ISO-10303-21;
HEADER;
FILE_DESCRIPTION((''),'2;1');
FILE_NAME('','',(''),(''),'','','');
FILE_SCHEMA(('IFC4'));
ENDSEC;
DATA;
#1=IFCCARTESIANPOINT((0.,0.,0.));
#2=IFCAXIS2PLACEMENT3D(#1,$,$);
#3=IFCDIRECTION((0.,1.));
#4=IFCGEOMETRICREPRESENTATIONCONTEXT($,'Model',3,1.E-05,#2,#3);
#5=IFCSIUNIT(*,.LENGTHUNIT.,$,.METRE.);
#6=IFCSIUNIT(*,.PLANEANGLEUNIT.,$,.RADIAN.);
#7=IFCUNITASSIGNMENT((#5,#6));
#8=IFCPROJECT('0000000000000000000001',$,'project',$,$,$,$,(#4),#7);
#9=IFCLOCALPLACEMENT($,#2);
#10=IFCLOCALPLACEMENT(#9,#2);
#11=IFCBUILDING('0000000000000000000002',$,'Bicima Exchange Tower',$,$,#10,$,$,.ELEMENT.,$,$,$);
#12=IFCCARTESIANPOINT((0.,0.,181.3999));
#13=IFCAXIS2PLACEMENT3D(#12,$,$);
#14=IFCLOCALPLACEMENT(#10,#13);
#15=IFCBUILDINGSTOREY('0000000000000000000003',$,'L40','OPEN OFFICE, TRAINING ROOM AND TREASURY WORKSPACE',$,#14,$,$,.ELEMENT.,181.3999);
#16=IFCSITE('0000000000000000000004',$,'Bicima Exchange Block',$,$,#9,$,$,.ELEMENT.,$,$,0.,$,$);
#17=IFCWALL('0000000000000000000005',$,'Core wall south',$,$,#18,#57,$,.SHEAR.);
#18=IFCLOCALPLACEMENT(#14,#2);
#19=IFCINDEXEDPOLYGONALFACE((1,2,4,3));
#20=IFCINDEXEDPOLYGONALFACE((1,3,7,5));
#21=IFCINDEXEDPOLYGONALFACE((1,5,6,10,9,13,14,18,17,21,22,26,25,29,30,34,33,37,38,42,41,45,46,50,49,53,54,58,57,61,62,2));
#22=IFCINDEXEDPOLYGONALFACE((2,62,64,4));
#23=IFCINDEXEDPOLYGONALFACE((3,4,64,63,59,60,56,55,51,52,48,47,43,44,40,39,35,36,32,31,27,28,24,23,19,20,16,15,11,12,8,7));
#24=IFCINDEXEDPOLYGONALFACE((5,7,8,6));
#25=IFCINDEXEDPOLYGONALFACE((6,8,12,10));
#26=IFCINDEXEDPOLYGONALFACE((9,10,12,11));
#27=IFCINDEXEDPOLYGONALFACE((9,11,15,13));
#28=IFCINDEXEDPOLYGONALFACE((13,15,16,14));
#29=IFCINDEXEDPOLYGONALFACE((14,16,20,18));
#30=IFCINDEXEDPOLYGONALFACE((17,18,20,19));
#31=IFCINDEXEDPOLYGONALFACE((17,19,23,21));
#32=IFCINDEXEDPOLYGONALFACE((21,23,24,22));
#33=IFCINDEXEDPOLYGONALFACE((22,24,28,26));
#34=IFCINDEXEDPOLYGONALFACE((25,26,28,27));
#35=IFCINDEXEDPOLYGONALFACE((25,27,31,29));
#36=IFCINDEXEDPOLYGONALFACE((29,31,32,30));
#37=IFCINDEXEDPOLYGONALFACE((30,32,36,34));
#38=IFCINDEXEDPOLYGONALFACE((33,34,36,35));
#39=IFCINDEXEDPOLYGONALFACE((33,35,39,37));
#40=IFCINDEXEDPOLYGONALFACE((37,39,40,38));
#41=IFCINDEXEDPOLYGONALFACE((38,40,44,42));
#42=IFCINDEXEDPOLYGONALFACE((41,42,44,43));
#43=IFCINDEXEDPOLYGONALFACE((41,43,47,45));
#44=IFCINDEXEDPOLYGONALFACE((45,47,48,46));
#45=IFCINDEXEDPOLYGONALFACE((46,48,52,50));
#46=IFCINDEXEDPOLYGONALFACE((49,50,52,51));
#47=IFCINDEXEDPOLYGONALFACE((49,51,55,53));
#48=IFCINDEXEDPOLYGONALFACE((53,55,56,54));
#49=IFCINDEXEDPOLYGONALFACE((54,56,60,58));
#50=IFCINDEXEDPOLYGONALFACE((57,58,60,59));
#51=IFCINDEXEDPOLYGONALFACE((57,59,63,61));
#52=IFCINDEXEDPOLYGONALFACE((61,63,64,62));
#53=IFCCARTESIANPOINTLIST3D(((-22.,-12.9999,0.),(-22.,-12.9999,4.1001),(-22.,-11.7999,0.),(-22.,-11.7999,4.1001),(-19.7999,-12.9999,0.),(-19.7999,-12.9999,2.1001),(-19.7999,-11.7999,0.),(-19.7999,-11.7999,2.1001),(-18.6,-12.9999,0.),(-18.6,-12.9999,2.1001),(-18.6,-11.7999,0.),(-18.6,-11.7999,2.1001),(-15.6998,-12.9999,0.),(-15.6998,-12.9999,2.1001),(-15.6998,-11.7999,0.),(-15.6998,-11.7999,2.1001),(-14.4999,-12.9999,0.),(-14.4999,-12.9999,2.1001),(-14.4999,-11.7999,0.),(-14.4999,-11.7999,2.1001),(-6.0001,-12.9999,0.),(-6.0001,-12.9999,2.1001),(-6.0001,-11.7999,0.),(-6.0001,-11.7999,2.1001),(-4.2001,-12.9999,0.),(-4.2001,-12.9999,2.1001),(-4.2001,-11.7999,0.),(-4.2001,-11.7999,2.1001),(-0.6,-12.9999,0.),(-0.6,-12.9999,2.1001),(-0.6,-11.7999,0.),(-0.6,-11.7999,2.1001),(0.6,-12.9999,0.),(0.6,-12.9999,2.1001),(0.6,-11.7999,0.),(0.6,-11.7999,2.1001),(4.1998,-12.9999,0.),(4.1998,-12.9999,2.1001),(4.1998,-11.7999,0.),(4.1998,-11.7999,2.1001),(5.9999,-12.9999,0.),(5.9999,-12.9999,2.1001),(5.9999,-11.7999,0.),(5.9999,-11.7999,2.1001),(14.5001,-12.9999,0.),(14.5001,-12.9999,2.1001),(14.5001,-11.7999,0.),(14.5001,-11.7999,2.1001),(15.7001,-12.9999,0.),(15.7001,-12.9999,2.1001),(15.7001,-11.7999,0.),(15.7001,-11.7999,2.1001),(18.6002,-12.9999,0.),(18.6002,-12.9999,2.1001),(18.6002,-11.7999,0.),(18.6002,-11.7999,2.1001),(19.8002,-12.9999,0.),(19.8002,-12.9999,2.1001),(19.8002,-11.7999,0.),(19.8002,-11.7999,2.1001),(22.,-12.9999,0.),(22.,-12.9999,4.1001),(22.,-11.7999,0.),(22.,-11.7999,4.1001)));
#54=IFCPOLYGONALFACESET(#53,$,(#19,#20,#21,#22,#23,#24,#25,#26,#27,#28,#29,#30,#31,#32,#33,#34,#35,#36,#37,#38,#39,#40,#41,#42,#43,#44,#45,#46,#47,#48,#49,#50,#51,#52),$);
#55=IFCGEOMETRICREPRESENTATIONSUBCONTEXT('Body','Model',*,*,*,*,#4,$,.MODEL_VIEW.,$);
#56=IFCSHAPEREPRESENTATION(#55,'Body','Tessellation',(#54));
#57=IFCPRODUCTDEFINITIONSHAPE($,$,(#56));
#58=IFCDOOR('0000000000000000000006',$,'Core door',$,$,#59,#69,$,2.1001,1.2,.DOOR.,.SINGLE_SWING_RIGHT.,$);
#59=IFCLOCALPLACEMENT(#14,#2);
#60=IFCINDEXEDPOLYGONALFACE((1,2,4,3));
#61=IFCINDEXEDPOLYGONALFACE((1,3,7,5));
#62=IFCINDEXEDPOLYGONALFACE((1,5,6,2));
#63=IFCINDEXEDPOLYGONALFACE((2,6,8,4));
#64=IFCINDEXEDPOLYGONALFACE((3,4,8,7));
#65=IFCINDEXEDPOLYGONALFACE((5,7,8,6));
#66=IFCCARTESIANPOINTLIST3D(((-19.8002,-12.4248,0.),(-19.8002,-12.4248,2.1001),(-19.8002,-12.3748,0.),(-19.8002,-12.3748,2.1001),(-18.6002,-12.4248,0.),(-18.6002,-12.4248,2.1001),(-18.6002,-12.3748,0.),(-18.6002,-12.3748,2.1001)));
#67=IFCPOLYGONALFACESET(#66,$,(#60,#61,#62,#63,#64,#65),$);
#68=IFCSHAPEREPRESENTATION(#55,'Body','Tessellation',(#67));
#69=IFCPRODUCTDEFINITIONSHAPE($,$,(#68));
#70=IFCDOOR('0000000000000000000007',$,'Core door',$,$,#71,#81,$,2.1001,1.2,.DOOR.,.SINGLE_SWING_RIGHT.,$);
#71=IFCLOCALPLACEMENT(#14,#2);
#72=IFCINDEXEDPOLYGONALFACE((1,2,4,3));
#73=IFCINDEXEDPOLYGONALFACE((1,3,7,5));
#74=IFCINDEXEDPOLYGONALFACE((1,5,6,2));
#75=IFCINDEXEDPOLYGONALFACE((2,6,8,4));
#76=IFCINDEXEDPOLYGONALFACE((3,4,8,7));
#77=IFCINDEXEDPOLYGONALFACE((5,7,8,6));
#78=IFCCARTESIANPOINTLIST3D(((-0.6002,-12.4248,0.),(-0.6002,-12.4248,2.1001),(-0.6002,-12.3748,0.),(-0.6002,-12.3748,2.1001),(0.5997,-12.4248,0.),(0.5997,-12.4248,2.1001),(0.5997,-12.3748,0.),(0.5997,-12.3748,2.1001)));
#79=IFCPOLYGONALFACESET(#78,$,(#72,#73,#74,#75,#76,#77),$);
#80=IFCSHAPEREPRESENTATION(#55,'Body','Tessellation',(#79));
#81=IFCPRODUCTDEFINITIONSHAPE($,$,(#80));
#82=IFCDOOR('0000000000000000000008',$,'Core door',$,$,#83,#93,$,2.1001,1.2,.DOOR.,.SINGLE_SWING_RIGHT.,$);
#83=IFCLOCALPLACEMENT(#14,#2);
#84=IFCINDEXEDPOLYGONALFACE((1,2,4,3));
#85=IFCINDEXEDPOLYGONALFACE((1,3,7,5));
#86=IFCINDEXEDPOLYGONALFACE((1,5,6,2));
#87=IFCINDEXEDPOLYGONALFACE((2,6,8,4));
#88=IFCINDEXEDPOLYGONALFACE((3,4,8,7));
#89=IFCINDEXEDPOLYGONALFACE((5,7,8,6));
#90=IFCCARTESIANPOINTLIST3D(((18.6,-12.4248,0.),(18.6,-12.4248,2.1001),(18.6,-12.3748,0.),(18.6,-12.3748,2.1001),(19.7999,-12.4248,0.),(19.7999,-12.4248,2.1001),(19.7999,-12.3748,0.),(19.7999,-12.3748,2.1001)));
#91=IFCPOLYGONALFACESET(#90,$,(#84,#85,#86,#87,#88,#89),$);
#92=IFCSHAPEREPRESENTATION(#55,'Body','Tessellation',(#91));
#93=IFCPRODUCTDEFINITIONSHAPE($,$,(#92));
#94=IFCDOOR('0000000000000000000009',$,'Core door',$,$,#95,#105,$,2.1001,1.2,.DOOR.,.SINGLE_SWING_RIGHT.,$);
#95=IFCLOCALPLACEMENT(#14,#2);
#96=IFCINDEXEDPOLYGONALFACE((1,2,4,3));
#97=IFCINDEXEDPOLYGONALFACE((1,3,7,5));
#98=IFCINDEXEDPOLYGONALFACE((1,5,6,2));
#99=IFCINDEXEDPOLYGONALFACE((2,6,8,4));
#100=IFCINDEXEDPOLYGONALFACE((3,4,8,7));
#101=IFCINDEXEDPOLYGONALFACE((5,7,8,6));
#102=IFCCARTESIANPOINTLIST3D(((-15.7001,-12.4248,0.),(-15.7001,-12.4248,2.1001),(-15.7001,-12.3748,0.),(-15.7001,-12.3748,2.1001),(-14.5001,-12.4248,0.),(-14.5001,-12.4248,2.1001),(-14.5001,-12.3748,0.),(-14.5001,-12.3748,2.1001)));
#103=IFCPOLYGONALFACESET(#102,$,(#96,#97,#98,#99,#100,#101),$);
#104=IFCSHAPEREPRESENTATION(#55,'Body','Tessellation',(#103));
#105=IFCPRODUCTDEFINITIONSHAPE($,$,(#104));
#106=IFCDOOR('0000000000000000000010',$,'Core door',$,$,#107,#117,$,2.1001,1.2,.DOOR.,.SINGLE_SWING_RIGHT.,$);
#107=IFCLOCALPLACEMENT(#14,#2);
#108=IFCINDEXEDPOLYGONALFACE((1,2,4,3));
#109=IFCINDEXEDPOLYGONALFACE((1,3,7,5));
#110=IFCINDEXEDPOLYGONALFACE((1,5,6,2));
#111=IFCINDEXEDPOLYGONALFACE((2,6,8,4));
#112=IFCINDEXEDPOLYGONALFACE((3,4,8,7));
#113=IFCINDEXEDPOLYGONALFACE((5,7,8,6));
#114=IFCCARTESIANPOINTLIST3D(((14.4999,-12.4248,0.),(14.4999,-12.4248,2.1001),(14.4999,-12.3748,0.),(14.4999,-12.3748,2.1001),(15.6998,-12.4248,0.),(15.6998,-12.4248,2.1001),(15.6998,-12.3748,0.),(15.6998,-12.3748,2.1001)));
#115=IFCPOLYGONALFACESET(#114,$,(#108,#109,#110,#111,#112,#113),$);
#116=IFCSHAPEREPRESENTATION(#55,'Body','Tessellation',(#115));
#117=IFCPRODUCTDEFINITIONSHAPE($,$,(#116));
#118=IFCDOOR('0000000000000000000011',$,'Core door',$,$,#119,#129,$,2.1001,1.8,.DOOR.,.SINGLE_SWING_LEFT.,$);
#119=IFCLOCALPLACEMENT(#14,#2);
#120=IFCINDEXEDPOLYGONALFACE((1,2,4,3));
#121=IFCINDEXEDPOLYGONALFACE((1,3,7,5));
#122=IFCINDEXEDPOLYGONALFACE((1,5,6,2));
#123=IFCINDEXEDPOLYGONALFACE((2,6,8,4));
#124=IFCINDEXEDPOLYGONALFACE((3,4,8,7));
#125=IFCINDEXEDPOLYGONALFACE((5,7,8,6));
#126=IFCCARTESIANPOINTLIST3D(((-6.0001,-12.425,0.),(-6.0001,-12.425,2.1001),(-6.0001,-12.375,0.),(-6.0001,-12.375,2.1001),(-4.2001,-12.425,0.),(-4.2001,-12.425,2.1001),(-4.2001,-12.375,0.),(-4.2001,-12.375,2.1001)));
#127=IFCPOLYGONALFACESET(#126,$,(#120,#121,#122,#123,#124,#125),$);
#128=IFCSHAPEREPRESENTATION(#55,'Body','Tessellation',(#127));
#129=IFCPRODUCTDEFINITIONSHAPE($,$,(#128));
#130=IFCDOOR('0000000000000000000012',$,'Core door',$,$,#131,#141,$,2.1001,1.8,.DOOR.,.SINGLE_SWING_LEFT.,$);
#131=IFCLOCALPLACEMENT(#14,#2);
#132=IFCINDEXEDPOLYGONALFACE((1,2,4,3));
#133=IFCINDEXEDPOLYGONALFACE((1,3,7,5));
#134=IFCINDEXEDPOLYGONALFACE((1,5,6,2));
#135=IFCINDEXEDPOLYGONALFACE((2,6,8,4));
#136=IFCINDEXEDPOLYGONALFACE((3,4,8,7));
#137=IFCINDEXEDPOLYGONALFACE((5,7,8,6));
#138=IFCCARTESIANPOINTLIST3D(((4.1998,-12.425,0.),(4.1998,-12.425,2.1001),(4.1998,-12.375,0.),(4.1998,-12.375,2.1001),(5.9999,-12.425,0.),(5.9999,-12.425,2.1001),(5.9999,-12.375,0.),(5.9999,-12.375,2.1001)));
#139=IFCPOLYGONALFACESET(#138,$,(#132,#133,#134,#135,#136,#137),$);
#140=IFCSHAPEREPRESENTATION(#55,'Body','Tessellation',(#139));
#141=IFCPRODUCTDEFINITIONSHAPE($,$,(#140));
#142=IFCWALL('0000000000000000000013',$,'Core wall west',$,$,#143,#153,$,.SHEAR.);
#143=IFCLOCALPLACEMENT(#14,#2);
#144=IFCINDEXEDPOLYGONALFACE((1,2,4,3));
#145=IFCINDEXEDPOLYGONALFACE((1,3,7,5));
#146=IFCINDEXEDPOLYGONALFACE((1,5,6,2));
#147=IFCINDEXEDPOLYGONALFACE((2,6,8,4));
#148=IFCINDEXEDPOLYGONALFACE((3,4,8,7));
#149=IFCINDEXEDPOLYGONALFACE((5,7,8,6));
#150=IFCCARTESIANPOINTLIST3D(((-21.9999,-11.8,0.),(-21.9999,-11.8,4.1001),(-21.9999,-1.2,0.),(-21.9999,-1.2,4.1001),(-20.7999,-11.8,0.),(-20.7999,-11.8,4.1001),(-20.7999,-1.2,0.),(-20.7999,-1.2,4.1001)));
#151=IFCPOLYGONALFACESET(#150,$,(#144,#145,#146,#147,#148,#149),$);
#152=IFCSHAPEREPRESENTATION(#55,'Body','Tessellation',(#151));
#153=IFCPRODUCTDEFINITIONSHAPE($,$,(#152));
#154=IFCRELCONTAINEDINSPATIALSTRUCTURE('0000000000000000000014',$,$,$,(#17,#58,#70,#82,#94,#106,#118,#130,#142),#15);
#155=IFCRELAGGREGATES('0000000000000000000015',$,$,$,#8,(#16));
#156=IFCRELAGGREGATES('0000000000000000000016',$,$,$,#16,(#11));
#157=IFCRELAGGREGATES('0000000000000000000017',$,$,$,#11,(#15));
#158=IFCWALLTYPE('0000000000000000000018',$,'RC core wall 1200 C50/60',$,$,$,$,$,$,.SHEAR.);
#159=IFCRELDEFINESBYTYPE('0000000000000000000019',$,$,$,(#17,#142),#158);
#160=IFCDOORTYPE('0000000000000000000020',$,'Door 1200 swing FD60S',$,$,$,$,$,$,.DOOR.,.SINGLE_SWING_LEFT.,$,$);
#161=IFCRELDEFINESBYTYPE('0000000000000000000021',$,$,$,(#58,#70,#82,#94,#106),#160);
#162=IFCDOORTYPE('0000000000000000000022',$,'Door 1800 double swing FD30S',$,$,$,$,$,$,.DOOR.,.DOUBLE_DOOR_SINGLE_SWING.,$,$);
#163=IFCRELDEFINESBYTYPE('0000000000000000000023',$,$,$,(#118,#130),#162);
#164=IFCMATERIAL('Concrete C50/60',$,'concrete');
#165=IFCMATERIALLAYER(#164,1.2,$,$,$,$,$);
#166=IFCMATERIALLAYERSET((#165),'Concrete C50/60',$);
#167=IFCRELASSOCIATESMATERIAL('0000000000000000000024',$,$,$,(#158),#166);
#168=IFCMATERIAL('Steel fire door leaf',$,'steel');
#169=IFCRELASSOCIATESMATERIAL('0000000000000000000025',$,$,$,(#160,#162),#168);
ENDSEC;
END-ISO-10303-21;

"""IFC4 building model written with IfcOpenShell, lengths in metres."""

from ifc_helpers import new_model, si_unit, direction, frame, frame_2d, origin, place, context, subcontext, project, spatial, rectangle, extrude, material, layer, layer_set, type_object, element, fill, save


model = new_model("IFC4")

# Units and contexts
model_context = context("Model", 3, precision=1e-05, world=origin(), true_north=direction((0.0, 1.0)))
body_context = subcontext(model_context, "Body", "Model", "MODEL_VIEW")
ifc_project = project(units=[si_unit("LENGTHUNIT", "METRE"), si_unit("PLANEANGLEUNIT", "RADIAN")], contexts=[model_context])

# Site, building, storey
site_placement = place(None, origin())
site = spatial("IfcSite", under=ifc_project, at=site_placement, Name="Bicima Exchange Block", CompositionType="ELEMENT", RefElevation=0.0)
building_placement = place(site_placement, origin())
building = spatial("IfcBuilding", under=site, at=building_placement, Name="Bicima Exchange Tower", CompositionType="ELEMENT")
storey_placement = place(building_placement, frame((0.0, 0.0, 181.3999)))
storey = spatial("IfcBuildingStorey", under=building, at=storey_placement, Name="L40", Description="OPEN OFFICE, TRAINING ROOM AND TREASURY WORKSPACE", CompositionType="ELEMENT", Elevation=181.3999)

# Wall, openings, doors
ifc_material_1 = material(Name="Concrete C50/60", Category="concrete")
ifc_layer_1 = layer(ifc_material_1, 1.2)
ifc_layer_set_1 = layer_set([ifc_layer_1], Name="Concrete C50/60")
wall_type_1 = type_object("IfcWallType", Name="RC core wall 1200 C50/60", PredefinedType="SHEAR", material=ifc_layer_set_1)
wall_1_placement = place(storey_placement, frame((-22.0, -12.3999, 0.0), z_axis=(0.0, 0.0, 1.0), x_axis=(1.0, 0.0, 0.0)))
wall_1 = element("IfcWall", 1, at=wall_1_placement, inside=storey, type_object=wall_type_1, Name="Core wall south", PredefinedType="SHEAR", context=body_context, shape_type="SweptSolid", body=[
    extrude(rectangle(XDim=44.0, YDim=1.2, at=frame_2d((22.0, 0.0))), origin(), (0.0, 0.0, 1.0), 4.1001),
])
opening_1_placement = place(wall_1_placement, frame((2.2, 0.0, 0.0)))
opening_1 = element("IfcOpeningElement", 2, at=opening_1_placement, cuts=wall_1, PredefinedType="OPENING", context=body_context, shape_type="SweptSolid", body=[
    extrude(rectangle(XDim=1.2, YDim=2.1001, at=frame_2d((0.6001, 1.05))), frame((0.0, 0.6118, 0.0), z_axis=(0.0, -1.0, 0.0), x_axis=(1.0, 0.0, 0.0)), (0.0, 0.0, 1.0), 1.2239),
])
opening_2_placement = place(wall_1_placement, frame((21.3999, 0.0, 0.0)))
opening_2 = element("IfcOpeningElement", 3, at=opening_2_placement, cuts=wall_1, PredefinedType="OPENING", context=body_context, shape_type="SweptSolid", body=[
    extrude(rectangle(XDim=1.2, YDim=2.1001, at=frame_2d((0.6001, 1.05))), frame((0.0, 0.6118, 0.0), z_axis=(0.0, -1.0, 0.0), x_axis=(1.0, 0.0, 0.0)), (0.0, 0.0, 1.0), 1.2239),
])
opening_3_placement = place(wall_1_placement, frame((40.6001, 0.0, 0.0)))
opening_3 = element("IfcOpeningElement", 4, at=opening_3_placement, cuts=wall_1, PredefinedType="OPENING", context=body_context, shape_type="SweptSolid", body=[
    extrude(rectangle(XDim=1.2, YDim=2.1001, at=frame_2d((0.6001, 1.05))), frame((0.0, 0.6118, 0.0), z_axis=(0.0, -1.0, 0.0), x_axis=(1.0, 0.0, 0.0)), (0.0, 0.0, 1.0), 1.2239),
])
opening_4_placement = place(wall_1_placement, frame((16.0, 0.0, 0.0)))
opening_4 = element("IfcOpeningElement", 5, at=opening_4_placement, cuts=wall_1, PredefinedType="OPENING", context=body_context, shape_type="SweptSolid", body=[
    extrude(rectangle(XDim=1.8, YDim=2.1001, at=frame_2d((0.8999, 1.05))), frame((0.0, 0.6118, 0.0), z_axis=(0.0, -1.0, 0.0), x_axis=(1.0, 0.0, 0.0)), (0.0, 0.0, 1.0), 1.2239),
])
opening_5_placement = place(wall_1_placement, frame((6.3, 0.0, 0.0)))
opening_5 = element("IfcOpeningElement", 6, at=opening_5_placement, cuts=wall_1, PredefinedType="OPENING", context=body_context, shape_type="SweptSolid", body=[
    extrude(rectangle(XDim=1.2, YDim=2.1001, at=frame_2d((0.6001, 1.05))), frame((0.0, 0.6118, 0.0), z_axis=(0.0, -1.0, 0.0), x_axis=(1.0, 0.0, 0.0)), (0.0, 0.0, 1.0), 1.2239),
])
opening_6_placement = place(wall_1_placement, frame((26.2, 0.0, 0.0)))
opening_6 = element("IfcOpeningElement", 7, at=opening_6_placement, cuts=wall_1, PredefinedType="OPENING", context=body_context, shape_type="SweptSolid", body=[
    extrude(rectangle(XDim=1.8, YDim=2.1001, at=frame_2d((0.8999, 1.05))), frame((0.0, 0.6118, 0.0), z_axis=(0.0, -1.0, 0.0), x_axis=(1.0, 0.0, 0.0)), (0.0, 0.0, 1.0), 1.2239),
])
opening_7_placement = place(wall_1_placement, frame((36.5, 0.0, 0.0)))
opening_7 = element("IfcOpeningElement", 8, at=opening_7_placement, cuts=wall_1, PredefinedType="OPENING", context=body_context, shape_type="SweptSolid", body=[
    extrude(rectangle(XDim=1.2, YDim=2.1001, at=frame_2d((0.6001, 1.05))), frame((0.0, 0.6118, 0.0), z_axis=(0.0, -1.0, 0.0), x_axis=(1.0, 0.0, 0.0)), (0.0, 0.0, 1.0), 1.2239),
])
ifc_material_2 = material(Name="Steel fire door leaf", Category="steel")
door_type_1 = type_object("IfcDoorType", Name="Door 1200 swing FD60S", OperationType="SINGLE_SWING_LEFT", PredefinedType="DOOR", material=ifc_material_2)
door_1_placement = place(opening_1_placement, frame((1.2, 0.0, 0.0), z_axis=(0.0, 0.0, 1.0), x_axis=(-1.0, 0.0, 0.0)))
door_1 = element("IfcDoor", 9, at=door_1_placement, inside=storey, type_object=door_type_1, Name="Core door", OperationType="SINGLE_SWING_RIGHT", OverallHeight=2.1001, OverallWidth=1.2, PredefinedType="DOOR", context=body_context, shape_type="SweptSolid", body=[
    extrude(rectangle(XDim=1.2, YDim=2.1001, at=frame_2d((0.6001, 1.05))), frame((0.0, 0.0249, 0.0), z_axis=(0.0, -1.0, 0.0), x_axis=(1.0, 0.0, 0.0)), (0.0, 0.0, 1.0), 0.05),
])
fill(opening_1, door_1)
door_2_placement = place(opening_2_placement, frame((1.2, 0.0, 0.0), z_axis=(0.0, 0.0, 1.0), x_axis=(-1.0, 0.0, 0.0)))
door_2 = element("IfcDoor", 10, at=door_2_placement, inside=storey, type_object=door_type_1, Name="Core door", OperationType="SINGLE_SWING_RIGHT", OverallHeight=2.1001, OverallWidth=1.2, PredefinedType="DOOR", context=body_context, shape_type="SweptSolid", body=[
    extrude(rectangle(XDim=1.2, YDim=2.1001, at=frame_2d((0.6001, 1.05))), frame((0.0, 0.0249, 0.0), z_axis=(0.0, -1.0, 0.0), x_axis=(1.0, 0.0, 0.0)), (0.0, 0.0, 1.0), 0.05),
])
fill(opening_2, door_2)
door_3_placement = place(opening_3_placement, frame((1.2, 0.0, 0.0), z_axis=(0.0, 0.0, 1.0), x_axis=(-1.0, 0.0, 0.0)))
door_3 = element("IfcDoor", 11, at=door_3_placement, inside=storey, type_object=door_type_1, Name="Core door", OperationType="SINGLE_SWING_RIGHT", OverallHeight=2.1001, OverallWidth=1.2, PredefinedType="DOOR", context=body_context, shape_type="SweptSolid", body=[
    extrude(rectangle(XDim=1.2, YDim=2.1001, at=frame_2d((0.6001, 1.05))), frame((0.0, 0.0249, 0.0), z_axis=(0.0, -1.0, 0.0), x_axis=(1.0, 0.0, 0.0)), (0.0, 0.0, 1.0), 0.05),
])
fill(opening_3, door_3)
door_4_placement = place(opening_5_placement, frame((1.2, 0.0, 0.0), z_axis=(0.0, 0.0, 1.0), x_axis=(-1.0, 0.0, 0.0)))
door_4 = element("IfcDoor", 12, at=door_4_placement, inside=storey, type_object=door_type_1, Name="Core door", OperationType="SINGLE_SWING_RIGHT", OverallHeight=2.1001, OverallWidth=1.2, PredefinedType="DOOR", context=body_context, shape_type="SweptSolid", body=[
    extrude(rectangle(XDim=1.2, YDim=2.1001, at=frame_2d((0.6001, 1.05))), frame((0.0, 0.0249, 0.0), z_axis=(0.0, -1.0, 0.0), x_axis=(1.0, 0.0, 0.0)), (0.0, 0.0, 1.0), 0.05),
])
fill(opening_5, door_4)
door_5_placement = place(opening_7_placement, frame((1.2, 0.0, 0.0), z_axis=(0.0, 0.0, 1.0), x_axis=(-1.0, 0.0, 0.0)))
door_5 = element("IfcDoor", 13, at=door_5_placement, inside=storey, type_object=door_type_1, Name="Core door", OperationType="SINGLE_SWING_RIGHT", OverallHeight=2.1001, OverallWidth=1.2, PredefinedType="DOOR", context=body_context, shape_type="SweptSolid", body=[
    extrude(rectangle(XDim=1.2, YDim=2.1001, at=frame_2d((0.6001, 1.05))), frame((0.0, 0.0249, 0.0), z_axis=(0.0, -1.0, 0.0), x_axis=(1.0, 0.0, 0.0)), (0.0, 0.0, 1.0), 0.05),
])
fill(opening_7, door_5)
door_type_2 = type_object("IfcDoorType", Name="Door 1800 double swing FD30S", OperationType="DOUBLE_DOOR_SINGLE_SWING", PredefinedType="DOOR", material=ifc_material_2)
door_6_placement = place(opening_4_placement, origin())
door_6 = element("IfcDoor", 14, at=door_6_placement, inside=storey, type_object=door_type_2, Name="Core door", OperationType="SINGLE_SWING_LEFT", OverallHeight=2.1001, OverallWidth=1.8, PredefinedType="DOOR", context=body_context, shape_type="SweptSolid", body=[
    extrude(rectangle(XDim=1.8, YDim=2.1001, at=frame_2d((0.8999, 1.05))), frame((0.0, 0.0249, 0.0), z_axis=(0.0, -1.0, 0.0), x_axis=(1.0, 0.0, 0.0)), (0.0, 0.0, 1.0), 0.05),
])
fill(opening_4, door_6)
door_7_placement = place(opening_6_placement, origin())
door_7 = element("IfcDoor", 15, at=door_7_placement, inside=storey, type_object=door_type_2, Name="Core door", OperationType="SINGLE_SWING_LEFT", OverallHeight=2.1001, OverallWidth=1.8, PredefinedType="DOOR", context=body_context, shape_type="SweptSolid", body=[
    extrude(rectangle(XDim=1.8, YDim=2.1001, at=frame_2d((0.8999, 1.05))), frame((0.0, 0.0249, 0.0), z_axis=(0.0, -1.0, 0.0), x_axis=(1.0, 0.0, 0.0)), (0.0, 0.0, 1.0), 0.05),
])
fill(opening_6, door_7)

# Wall
wall_2_placement = place(storey_placement, frame((-21.3999, -11.8, 0.0), z_axis=(0.0, 0.0, 1.0), x_axis=(0.0, 1.0, 0.0)))
element("IfcWall", 16, at=wall_2_placement, inside=storey, type_object=wall_type_1, Name="Core wall west", PredefinedType="SHEAR", context=body_context, shape_type="SweptSolid", body=[
    extrude(rectangle(XDim=10.6001, YDim=1.2, at=frame_2d((5.3, 0.0))), origin(), (0.0, 0.0, 1.0), 4.1001),
])

save(model, "model.ifc")
